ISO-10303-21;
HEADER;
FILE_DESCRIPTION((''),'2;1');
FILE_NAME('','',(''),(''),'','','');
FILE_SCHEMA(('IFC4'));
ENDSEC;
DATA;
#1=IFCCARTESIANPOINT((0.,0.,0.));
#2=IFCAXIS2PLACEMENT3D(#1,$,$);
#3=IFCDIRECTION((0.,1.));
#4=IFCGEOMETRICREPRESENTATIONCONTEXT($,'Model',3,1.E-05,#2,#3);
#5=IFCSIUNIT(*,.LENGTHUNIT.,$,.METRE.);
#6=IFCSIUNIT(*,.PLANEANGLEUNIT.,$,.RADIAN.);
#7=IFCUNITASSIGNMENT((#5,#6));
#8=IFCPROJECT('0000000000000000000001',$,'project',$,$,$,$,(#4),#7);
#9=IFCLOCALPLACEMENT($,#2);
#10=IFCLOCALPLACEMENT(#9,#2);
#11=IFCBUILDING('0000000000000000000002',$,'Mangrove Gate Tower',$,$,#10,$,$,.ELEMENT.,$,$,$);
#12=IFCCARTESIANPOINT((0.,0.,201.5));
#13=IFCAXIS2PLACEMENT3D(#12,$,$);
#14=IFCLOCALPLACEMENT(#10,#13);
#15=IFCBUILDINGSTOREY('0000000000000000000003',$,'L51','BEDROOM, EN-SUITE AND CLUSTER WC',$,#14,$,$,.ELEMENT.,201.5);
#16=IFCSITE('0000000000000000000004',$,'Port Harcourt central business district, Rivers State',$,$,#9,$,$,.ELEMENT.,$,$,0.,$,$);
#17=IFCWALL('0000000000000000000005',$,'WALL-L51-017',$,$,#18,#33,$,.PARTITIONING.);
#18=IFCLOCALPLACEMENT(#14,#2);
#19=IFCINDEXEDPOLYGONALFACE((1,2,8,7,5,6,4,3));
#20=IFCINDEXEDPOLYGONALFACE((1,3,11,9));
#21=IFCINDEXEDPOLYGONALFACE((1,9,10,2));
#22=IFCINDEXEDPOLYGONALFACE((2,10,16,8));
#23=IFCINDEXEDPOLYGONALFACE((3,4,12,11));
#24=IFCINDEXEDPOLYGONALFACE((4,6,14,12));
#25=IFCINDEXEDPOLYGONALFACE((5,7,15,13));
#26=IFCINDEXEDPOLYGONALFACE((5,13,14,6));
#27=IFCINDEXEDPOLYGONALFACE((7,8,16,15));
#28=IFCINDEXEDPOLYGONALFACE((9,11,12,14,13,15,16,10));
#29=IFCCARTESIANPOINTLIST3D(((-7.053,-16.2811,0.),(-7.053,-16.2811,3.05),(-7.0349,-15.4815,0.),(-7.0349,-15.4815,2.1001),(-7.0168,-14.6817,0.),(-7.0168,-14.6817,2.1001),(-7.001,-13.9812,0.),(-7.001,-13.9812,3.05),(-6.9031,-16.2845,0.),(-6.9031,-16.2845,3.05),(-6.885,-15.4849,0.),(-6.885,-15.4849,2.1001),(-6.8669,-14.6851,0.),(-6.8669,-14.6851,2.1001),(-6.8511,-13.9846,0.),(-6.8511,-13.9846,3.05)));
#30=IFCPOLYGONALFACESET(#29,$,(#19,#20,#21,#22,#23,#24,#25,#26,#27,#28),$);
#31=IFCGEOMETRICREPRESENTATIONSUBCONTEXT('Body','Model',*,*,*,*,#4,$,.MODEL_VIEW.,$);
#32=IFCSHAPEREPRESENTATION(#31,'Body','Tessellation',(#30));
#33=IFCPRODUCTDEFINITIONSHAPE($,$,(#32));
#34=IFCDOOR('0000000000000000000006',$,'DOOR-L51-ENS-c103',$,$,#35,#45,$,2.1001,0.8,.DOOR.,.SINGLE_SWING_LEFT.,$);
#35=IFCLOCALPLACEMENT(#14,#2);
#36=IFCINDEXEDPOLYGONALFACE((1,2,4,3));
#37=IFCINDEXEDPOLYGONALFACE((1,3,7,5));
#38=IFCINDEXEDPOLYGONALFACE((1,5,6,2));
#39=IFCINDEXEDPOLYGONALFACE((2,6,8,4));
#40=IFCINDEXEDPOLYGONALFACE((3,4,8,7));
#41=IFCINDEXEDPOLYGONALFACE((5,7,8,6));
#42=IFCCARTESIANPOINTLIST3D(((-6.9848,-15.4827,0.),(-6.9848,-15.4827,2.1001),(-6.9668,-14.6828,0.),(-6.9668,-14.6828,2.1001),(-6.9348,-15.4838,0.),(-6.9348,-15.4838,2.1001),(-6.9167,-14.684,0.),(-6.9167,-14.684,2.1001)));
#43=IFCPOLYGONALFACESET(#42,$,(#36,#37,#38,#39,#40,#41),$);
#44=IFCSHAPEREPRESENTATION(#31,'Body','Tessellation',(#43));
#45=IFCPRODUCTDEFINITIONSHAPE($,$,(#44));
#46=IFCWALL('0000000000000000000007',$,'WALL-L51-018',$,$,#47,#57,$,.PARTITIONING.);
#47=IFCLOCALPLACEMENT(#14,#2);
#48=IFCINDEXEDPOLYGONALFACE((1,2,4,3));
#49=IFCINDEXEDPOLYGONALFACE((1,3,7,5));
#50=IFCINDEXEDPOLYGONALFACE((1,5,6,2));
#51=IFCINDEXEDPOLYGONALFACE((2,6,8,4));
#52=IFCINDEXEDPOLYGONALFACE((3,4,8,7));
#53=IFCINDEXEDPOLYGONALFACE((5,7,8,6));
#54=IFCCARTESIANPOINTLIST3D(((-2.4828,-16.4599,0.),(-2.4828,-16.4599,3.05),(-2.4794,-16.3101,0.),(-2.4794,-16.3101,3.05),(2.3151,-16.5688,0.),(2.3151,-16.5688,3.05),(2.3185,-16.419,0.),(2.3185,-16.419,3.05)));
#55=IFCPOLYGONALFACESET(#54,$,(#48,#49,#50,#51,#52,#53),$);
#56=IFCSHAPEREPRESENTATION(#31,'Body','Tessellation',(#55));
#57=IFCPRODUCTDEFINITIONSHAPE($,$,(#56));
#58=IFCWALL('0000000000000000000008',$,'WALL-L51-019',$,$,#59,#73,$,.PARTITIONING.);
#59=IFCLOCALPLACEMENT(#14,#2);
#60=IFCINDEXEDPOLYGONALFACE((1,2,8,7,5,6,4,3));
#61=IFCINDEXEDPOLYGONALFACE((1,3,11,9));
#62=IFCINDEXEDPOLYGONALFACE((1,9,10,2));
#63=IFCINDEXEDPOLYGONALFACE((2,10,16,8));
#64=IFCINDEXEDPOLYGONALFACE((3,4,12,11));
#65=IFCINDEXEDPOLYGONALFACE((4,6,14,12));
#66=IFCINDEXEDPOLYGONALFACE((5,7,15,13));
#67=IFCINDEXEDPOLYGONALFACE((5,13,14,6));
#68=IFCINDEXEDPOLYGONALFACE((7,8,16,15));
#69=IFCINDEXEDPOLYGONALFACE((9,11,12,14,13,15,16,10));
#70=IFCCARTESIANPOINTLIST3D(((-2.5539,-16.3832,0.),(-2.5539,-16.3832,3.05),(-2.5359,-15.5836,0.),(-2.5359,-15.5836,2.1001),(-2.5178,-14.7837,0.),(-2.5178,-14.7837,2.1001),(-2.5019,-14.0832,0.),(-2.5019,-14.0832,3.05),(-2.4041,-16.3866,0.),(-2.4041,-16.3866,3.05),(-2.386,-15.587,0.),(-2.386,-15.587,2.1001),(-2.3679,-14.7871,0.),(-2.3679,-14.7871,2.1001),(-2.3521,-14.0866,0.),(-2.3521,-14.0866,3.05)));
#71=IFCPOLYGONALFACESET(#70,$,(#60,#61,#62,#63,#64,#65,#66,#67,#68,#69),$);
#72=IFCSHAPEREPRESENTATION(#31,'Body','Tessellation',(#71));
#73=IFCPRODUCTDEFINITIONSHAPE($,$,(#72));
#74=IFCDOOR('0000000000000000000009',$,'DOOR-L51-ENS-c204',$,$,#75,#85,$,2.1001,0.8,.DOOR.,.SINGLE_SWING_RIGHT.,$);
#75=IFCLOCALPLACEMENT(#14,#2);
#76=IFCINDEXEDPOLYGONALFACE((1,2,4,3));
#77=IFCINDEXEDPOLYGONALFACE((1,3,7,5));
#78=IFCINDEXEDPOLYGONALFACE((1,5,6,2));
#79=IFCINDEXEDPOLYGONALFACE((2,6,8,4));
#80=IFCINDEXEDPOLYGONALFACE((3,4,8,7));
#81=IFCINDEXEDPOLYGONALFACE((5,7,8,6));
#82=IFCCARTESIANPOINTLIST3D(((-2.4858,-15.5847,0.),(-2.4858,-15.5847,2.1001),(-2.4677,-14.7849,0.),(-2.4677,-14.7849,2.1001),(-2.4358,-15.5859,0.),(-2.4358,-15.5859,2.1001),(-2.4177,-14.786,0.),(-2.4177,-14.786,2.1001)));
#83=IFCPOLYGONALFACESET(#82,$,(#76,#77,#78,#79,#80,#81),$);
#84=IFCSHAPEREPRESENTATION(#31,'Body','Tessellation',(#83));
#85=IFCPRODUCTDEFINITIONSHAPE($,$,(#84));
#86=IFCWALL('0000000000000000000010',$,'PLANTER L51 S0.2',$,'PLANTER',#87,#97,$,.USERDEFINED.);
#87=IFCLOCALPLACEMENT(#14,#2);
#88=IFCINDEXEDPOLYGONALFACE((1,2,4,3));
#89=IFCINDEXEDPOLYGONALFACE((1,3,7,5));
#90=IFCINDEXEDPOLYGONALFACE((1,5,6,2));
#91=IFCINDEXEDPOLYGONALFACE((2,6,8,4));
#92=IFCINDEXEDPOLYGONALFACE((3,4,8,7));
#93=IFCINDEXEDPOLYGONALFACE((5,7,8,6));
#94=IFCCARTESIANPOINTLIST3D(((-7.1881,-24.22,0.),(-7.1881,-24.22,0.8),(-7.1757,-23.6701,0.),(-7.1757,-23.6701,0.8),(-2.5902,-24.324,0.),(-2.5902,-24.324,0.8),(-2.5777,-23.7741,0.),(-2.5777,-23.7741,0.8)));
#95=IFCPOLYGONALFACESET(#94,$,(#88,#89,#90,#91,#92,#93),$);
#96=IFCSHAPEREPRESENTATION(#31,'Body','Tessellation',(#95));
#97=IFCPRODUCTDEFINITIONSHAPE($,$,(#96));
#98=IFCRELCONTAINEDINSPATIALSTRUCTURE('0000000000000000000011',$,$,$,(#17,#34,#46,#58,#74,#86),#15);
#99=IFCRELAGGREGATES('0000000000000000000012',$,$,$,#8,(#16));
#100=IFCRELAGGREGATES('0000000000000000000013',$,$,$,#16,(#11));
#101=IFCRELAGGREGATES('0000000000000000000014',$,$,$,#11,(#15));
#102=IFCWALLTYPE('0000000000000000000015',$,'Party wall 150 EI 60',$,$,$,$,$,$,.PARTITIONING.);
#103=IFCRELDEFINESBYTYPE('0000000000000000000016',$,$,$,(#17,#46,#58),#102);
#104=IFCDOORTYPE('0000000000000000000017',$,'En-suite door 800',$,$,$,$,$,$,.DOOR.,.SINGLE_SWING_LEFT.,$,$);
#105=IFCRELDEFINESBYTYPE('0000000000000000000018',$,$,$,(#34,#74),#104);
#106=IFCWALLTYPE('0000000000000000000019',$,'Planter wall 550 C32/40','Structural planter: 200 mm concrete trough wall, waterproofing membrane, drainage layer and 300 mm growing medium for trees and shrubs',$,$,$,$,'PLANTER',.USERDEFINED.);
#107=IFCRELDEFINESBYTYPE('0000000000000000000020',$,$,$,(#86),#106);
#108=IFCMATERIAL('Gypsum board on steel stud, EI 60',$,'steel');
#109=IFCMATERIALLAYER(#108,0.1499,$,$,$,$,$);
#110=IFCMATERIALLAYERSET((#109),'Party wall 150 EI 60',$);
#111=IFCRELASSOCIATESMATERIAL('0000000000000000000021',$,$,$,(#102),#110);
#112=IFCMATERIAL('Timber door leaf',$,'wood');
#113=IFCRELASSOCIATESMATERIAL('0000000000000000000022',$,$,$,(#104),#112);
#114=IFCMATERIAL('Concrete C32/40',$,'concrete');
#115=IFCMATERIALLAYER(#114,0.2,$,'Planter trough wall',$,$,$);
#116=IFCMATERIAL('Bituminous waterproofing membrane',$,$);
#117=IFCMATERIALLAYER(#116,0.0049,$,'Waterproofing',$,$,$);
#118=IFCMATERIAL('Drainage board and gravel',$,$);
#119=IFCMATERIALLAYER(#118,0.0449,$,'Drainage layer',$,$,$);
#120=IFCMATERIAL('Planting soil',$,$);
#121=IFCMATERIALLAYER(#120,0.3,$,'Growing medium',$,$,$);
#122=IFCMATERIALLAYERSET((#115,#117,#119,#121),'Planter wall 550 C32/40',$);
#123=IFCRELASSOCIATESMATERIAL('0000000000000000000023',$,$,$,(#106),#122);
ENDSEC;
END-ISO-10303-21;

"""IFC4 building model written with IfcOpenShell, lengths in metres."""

from ifc_helpers import new_model, si_unit, direction, frame, frame_2d, origin, place, context, subcontext, project, spatial, rectangle, extrude, material, layer, layer_set, type_object, element, fill, save


model = new_model("IFC4")

# Units and contexts
model_context = context("Model", 3, precision=1e-05, world=origin(), true_north=direction((0.0, 1.0)))
body_context = subcontext(model_context, "Body", "Model", "MODEL_VIEW")
ifc_project = project(units=[si_unit("LENGTHUNIT", "METRE"), si_unit("PLANEANGLEUNIT", "RADIAN")], contexts=[model_context])

# Site, building, storey
site_placement = place(None, origin())
site = spatial("IfcSite", under=ifc_project, at=site_placement, Name="Port Harcourt central business district, Rivers State", CompositionType="ELEMENT", RefElevation=0.0)
building_placement = place(site_placement, origin())
building = spatial("IfcBuilding", under=site, at=building_placement, Name="Mangrove Gate Tower", CompositionType="ELEMENT")
storey_placement = place(building_placement, frame((0.0, 0.0, 201.5)))
storey = spatial("IfcBuildingStorey", under=building, at=storey_placement, Name="L51", Description="BEDROOM, EN-SUITE AND CLUSTER WC", CompositionType="ELEMENT", Elevation=201.5)

# Shared definitions
ifc_material_1 = material(Name="Gypsum board on steel stud, EI 60", Category="steel")
ifc_layer_1 = layer(ifc_material_1, 0.1499)
ifc_layer_set_1 = layer_set([ifc_layer_1], Name="Party wall 150 EI 60")
wall_type_1 = type_object("IfcWallType", Name="Party wall 150 EI 60", PredefinedType="PARTITIONING", material=ifc_layer_set_1)

# Wall, opening, door
ifc_material_2 = material(Name="Timber door leaf", Category="wood")
door_type = type_object("IfcDoorType", Name="En-suite door 800", OperationType="SINGLE_SWING_LEFT", PredefinedType="DOOR", material=ifc_material_2)
wall_1_placement = place(storey_placement, frame((-6.978, -16.283, 0.0), z_axis=(0.0, 0.0, 1.0), x_axis=(0.022603, 0.999745, 0.0)))
wall_1 = element("IfcWall", 1, at=wall_1_placement, inside=storey, type_object=wall_type_1, Name="WALL-L51-017", PredefinedType="PARTITIONING", context=body_context, shape_type="SweptSolid", body=[
    extrude(rectangle(XDim=2.3005, YDim=0.1499, at=frame_2d((1.1504, 0.0))), origin(), (0.0, 0.0, 1.0), 3.05),
])
opening_1_placement = place(wall_1_placement, frame((0.8, 0.0, 0.0)))
opening_1 = element("IfcOpeningElement", 2, at=opening_1_placement, cuts=wall_1, PredefinedType="OPENING", context=body_context, shape_type="SweptSolid", body=[
    extrude(rectangle(XDim=0.8, YDim=2.1001, at=frame_2d((0.3999, 1.05))), frame((0.0, 0.085, 0.0), z_axis=(0.0, -1.0, 0.0), x_axis=(1.0, 0.0, 0.0)), (0.0, 0.0, 1.0), 0.1699),
])
door_1_placement = place(opening_1_placement, origin())
door_1 = element("IfcDoor", 3, at=door_1_placement, inside=storey, type_object=door_type, Name="DOOR-L51-ENS-c103", OperationType="SINGLE_SWING_LEFT", OverallHeight=2.1001, OverallWidth=0.8, PredefinedType="DOOR", context=body_context, shape_type="SweptSolid", body=[
    extrude(rectangle(XDim=0.8, YDim=2.1001, at=frame_2d((0.3999, 1.05))), frame((0.0, 0.0249, 0.0), z_axis=(0.0, -1.0, 0.0), x_axis=(1.0, 0.0, 0.0)), (0.0, 0.0, 1.0), 0.05),
])
fill(opening_1, door_1)

# Wall
wall_2_placement = place(storey_placement, frame((-2.481, -16.385, 0.0), z_axis=(0.0, 0.0, 1.0), x_axis=(0.999743, -0.022689, 0.0)))
element("IfcWall", 4, at=wall_2_placement, inside=storey, type_object=wall_type_1, Name="WALL-L51-018", PredefinedType="PARTITIONING", context=body_context, shape_type="SweptSolid", body=[
    extrude(rectangle(XDim=4.7991, YDim=0.1499, at=frame_2d((2.3994, 0.0))), origin(), (0.0, 0.0, 1.0), 3.05),
])

# Wall, opening, door
wall_3_placement = place(storey_placement, frame((-2.479, -16.385, 0.0), z_axis=(0.0, 0.0, 1.0), x_axis=(0.022603, 0.999745, 0.0)))
wall_3 = element("IfcWall", 5, at=wall_3_placement, inside=storey, type_object=wall_type_1, Name="WALL-L51-019", PredefinedType="PARTITIONING", context=body_context, shape_type="SweptSolid", body=[
    extrude(rectangle(XDim=2.3005, YDim=0.1499, at=frame_2d((1.1504, 0.0))), origin(), (0.0, 0.0, 1.0), 3.05),
])
opening_2_placement = place(wall_3_placement, frame((0.8, 0.0, 0.0)))
opening_2 = element("IfcOpeningElement", 6, at=opening_2_placement, cuts=wall_3, PredefinedType="OPENING", context=body_context, shape_type="SweptSolid", body=[
    extrude(rectangle(XDim=0.8, YDim=2.1001, at=frame_2d((0.3999, 1.05))), frame((0.0, 0.085, 0.0), z_axis=(0.0, -1.0, 0.0), x_axis=(1.0, 0.0, 0.0)), (0.0, 0.0, 1.0), 0.1699),
])
door_2_placement = place(opening_2_placement, origin())
door_2 = element("IfcDoor", 7, at=door_2_placement, inside=storey, type_object=door_type, Name="DOOR-L51-ENS-c204", OperationType="SINGLE_SWING_RIGHT", OverallHeight=2.1001, OverallWidth=0.8, PredefinedType="DOOR", context=body_context, shape_type="SweptSolid", body=[
    extrude(rectangle(XDim=0.8, YDim=2.1001, at=frame_2d((0.3999, 1.05))), frame((0.0, 0.0249, 0.0), z_axis=(0.0, -1.0, 0.0), x_axis=(1.0, 0.0, 0.0)), (0.0, 0.0, 1.0), 0.05),
])
fill(opening_2, door_2)

# Wall
ifc_material_3 = material(Name="Concrete C32/40", Category="concrete")
ifc_layer_2 = layer(ifc_material_3, 0.2, Name="Planter trough wall")
ifc_material_4 = material(Name="Bituminous waterproofing membrane")
ifc_layer_3 = layer(ifc_material_4, 0.0049, Name="Waterproofing")
ifc_material_5 = material(Name="Drainage board and gravel")
ifc_layer_4 = layer(ifc_material_5, 0.0449, Name="Drainage layer")
ifc_material_6 = material(Name="Planting soil")
ifc_layer_5 = layer(ifc_material_6, 0.3, Name="Growing medium")
ifc_layer_set_2 = layer_set([ifc_layer_2, ifc_layer_3, ifc_layer_4, ifc_layer_5], Name="Planter wall 550 C32/40")
wall_type_2 = type_object("IfcWallType", Name="Planter wall 550 C32/40", Description="Structural planter: 200 mm concrete trough wall, waterproofing membrane, drainage layer and 300 mm growing medium for trees and shrubs", ElementType="PLANTER", PredefinedType="USERDEFINED", material=ifc_layer_set_2)
wall_4_placement = place(storey_placement, frame((-7.1819, -23.9451, 0.0), z_axis=(0.0, 0.0, 1.0), x_axis=(0.999744, -0.022614, 0.0)))
element("IfcWall", 8, at=wall_4_placement, inside=storey, type_object=wall_type_2, Name="PLANTER L51 S0.2", ObjectType="PLANTER", PredefinedType="USERDEFINED", context=body_context, shape_type="SweptSolid", body=[
    extrude(rectangle(XDim=4.5991, YDim=0.55, at=frame_2d((2.2996, 0.0))), origin(), (0.0, 0.0, 1.0), 0.8),
])

save(model, "model.ifc")
